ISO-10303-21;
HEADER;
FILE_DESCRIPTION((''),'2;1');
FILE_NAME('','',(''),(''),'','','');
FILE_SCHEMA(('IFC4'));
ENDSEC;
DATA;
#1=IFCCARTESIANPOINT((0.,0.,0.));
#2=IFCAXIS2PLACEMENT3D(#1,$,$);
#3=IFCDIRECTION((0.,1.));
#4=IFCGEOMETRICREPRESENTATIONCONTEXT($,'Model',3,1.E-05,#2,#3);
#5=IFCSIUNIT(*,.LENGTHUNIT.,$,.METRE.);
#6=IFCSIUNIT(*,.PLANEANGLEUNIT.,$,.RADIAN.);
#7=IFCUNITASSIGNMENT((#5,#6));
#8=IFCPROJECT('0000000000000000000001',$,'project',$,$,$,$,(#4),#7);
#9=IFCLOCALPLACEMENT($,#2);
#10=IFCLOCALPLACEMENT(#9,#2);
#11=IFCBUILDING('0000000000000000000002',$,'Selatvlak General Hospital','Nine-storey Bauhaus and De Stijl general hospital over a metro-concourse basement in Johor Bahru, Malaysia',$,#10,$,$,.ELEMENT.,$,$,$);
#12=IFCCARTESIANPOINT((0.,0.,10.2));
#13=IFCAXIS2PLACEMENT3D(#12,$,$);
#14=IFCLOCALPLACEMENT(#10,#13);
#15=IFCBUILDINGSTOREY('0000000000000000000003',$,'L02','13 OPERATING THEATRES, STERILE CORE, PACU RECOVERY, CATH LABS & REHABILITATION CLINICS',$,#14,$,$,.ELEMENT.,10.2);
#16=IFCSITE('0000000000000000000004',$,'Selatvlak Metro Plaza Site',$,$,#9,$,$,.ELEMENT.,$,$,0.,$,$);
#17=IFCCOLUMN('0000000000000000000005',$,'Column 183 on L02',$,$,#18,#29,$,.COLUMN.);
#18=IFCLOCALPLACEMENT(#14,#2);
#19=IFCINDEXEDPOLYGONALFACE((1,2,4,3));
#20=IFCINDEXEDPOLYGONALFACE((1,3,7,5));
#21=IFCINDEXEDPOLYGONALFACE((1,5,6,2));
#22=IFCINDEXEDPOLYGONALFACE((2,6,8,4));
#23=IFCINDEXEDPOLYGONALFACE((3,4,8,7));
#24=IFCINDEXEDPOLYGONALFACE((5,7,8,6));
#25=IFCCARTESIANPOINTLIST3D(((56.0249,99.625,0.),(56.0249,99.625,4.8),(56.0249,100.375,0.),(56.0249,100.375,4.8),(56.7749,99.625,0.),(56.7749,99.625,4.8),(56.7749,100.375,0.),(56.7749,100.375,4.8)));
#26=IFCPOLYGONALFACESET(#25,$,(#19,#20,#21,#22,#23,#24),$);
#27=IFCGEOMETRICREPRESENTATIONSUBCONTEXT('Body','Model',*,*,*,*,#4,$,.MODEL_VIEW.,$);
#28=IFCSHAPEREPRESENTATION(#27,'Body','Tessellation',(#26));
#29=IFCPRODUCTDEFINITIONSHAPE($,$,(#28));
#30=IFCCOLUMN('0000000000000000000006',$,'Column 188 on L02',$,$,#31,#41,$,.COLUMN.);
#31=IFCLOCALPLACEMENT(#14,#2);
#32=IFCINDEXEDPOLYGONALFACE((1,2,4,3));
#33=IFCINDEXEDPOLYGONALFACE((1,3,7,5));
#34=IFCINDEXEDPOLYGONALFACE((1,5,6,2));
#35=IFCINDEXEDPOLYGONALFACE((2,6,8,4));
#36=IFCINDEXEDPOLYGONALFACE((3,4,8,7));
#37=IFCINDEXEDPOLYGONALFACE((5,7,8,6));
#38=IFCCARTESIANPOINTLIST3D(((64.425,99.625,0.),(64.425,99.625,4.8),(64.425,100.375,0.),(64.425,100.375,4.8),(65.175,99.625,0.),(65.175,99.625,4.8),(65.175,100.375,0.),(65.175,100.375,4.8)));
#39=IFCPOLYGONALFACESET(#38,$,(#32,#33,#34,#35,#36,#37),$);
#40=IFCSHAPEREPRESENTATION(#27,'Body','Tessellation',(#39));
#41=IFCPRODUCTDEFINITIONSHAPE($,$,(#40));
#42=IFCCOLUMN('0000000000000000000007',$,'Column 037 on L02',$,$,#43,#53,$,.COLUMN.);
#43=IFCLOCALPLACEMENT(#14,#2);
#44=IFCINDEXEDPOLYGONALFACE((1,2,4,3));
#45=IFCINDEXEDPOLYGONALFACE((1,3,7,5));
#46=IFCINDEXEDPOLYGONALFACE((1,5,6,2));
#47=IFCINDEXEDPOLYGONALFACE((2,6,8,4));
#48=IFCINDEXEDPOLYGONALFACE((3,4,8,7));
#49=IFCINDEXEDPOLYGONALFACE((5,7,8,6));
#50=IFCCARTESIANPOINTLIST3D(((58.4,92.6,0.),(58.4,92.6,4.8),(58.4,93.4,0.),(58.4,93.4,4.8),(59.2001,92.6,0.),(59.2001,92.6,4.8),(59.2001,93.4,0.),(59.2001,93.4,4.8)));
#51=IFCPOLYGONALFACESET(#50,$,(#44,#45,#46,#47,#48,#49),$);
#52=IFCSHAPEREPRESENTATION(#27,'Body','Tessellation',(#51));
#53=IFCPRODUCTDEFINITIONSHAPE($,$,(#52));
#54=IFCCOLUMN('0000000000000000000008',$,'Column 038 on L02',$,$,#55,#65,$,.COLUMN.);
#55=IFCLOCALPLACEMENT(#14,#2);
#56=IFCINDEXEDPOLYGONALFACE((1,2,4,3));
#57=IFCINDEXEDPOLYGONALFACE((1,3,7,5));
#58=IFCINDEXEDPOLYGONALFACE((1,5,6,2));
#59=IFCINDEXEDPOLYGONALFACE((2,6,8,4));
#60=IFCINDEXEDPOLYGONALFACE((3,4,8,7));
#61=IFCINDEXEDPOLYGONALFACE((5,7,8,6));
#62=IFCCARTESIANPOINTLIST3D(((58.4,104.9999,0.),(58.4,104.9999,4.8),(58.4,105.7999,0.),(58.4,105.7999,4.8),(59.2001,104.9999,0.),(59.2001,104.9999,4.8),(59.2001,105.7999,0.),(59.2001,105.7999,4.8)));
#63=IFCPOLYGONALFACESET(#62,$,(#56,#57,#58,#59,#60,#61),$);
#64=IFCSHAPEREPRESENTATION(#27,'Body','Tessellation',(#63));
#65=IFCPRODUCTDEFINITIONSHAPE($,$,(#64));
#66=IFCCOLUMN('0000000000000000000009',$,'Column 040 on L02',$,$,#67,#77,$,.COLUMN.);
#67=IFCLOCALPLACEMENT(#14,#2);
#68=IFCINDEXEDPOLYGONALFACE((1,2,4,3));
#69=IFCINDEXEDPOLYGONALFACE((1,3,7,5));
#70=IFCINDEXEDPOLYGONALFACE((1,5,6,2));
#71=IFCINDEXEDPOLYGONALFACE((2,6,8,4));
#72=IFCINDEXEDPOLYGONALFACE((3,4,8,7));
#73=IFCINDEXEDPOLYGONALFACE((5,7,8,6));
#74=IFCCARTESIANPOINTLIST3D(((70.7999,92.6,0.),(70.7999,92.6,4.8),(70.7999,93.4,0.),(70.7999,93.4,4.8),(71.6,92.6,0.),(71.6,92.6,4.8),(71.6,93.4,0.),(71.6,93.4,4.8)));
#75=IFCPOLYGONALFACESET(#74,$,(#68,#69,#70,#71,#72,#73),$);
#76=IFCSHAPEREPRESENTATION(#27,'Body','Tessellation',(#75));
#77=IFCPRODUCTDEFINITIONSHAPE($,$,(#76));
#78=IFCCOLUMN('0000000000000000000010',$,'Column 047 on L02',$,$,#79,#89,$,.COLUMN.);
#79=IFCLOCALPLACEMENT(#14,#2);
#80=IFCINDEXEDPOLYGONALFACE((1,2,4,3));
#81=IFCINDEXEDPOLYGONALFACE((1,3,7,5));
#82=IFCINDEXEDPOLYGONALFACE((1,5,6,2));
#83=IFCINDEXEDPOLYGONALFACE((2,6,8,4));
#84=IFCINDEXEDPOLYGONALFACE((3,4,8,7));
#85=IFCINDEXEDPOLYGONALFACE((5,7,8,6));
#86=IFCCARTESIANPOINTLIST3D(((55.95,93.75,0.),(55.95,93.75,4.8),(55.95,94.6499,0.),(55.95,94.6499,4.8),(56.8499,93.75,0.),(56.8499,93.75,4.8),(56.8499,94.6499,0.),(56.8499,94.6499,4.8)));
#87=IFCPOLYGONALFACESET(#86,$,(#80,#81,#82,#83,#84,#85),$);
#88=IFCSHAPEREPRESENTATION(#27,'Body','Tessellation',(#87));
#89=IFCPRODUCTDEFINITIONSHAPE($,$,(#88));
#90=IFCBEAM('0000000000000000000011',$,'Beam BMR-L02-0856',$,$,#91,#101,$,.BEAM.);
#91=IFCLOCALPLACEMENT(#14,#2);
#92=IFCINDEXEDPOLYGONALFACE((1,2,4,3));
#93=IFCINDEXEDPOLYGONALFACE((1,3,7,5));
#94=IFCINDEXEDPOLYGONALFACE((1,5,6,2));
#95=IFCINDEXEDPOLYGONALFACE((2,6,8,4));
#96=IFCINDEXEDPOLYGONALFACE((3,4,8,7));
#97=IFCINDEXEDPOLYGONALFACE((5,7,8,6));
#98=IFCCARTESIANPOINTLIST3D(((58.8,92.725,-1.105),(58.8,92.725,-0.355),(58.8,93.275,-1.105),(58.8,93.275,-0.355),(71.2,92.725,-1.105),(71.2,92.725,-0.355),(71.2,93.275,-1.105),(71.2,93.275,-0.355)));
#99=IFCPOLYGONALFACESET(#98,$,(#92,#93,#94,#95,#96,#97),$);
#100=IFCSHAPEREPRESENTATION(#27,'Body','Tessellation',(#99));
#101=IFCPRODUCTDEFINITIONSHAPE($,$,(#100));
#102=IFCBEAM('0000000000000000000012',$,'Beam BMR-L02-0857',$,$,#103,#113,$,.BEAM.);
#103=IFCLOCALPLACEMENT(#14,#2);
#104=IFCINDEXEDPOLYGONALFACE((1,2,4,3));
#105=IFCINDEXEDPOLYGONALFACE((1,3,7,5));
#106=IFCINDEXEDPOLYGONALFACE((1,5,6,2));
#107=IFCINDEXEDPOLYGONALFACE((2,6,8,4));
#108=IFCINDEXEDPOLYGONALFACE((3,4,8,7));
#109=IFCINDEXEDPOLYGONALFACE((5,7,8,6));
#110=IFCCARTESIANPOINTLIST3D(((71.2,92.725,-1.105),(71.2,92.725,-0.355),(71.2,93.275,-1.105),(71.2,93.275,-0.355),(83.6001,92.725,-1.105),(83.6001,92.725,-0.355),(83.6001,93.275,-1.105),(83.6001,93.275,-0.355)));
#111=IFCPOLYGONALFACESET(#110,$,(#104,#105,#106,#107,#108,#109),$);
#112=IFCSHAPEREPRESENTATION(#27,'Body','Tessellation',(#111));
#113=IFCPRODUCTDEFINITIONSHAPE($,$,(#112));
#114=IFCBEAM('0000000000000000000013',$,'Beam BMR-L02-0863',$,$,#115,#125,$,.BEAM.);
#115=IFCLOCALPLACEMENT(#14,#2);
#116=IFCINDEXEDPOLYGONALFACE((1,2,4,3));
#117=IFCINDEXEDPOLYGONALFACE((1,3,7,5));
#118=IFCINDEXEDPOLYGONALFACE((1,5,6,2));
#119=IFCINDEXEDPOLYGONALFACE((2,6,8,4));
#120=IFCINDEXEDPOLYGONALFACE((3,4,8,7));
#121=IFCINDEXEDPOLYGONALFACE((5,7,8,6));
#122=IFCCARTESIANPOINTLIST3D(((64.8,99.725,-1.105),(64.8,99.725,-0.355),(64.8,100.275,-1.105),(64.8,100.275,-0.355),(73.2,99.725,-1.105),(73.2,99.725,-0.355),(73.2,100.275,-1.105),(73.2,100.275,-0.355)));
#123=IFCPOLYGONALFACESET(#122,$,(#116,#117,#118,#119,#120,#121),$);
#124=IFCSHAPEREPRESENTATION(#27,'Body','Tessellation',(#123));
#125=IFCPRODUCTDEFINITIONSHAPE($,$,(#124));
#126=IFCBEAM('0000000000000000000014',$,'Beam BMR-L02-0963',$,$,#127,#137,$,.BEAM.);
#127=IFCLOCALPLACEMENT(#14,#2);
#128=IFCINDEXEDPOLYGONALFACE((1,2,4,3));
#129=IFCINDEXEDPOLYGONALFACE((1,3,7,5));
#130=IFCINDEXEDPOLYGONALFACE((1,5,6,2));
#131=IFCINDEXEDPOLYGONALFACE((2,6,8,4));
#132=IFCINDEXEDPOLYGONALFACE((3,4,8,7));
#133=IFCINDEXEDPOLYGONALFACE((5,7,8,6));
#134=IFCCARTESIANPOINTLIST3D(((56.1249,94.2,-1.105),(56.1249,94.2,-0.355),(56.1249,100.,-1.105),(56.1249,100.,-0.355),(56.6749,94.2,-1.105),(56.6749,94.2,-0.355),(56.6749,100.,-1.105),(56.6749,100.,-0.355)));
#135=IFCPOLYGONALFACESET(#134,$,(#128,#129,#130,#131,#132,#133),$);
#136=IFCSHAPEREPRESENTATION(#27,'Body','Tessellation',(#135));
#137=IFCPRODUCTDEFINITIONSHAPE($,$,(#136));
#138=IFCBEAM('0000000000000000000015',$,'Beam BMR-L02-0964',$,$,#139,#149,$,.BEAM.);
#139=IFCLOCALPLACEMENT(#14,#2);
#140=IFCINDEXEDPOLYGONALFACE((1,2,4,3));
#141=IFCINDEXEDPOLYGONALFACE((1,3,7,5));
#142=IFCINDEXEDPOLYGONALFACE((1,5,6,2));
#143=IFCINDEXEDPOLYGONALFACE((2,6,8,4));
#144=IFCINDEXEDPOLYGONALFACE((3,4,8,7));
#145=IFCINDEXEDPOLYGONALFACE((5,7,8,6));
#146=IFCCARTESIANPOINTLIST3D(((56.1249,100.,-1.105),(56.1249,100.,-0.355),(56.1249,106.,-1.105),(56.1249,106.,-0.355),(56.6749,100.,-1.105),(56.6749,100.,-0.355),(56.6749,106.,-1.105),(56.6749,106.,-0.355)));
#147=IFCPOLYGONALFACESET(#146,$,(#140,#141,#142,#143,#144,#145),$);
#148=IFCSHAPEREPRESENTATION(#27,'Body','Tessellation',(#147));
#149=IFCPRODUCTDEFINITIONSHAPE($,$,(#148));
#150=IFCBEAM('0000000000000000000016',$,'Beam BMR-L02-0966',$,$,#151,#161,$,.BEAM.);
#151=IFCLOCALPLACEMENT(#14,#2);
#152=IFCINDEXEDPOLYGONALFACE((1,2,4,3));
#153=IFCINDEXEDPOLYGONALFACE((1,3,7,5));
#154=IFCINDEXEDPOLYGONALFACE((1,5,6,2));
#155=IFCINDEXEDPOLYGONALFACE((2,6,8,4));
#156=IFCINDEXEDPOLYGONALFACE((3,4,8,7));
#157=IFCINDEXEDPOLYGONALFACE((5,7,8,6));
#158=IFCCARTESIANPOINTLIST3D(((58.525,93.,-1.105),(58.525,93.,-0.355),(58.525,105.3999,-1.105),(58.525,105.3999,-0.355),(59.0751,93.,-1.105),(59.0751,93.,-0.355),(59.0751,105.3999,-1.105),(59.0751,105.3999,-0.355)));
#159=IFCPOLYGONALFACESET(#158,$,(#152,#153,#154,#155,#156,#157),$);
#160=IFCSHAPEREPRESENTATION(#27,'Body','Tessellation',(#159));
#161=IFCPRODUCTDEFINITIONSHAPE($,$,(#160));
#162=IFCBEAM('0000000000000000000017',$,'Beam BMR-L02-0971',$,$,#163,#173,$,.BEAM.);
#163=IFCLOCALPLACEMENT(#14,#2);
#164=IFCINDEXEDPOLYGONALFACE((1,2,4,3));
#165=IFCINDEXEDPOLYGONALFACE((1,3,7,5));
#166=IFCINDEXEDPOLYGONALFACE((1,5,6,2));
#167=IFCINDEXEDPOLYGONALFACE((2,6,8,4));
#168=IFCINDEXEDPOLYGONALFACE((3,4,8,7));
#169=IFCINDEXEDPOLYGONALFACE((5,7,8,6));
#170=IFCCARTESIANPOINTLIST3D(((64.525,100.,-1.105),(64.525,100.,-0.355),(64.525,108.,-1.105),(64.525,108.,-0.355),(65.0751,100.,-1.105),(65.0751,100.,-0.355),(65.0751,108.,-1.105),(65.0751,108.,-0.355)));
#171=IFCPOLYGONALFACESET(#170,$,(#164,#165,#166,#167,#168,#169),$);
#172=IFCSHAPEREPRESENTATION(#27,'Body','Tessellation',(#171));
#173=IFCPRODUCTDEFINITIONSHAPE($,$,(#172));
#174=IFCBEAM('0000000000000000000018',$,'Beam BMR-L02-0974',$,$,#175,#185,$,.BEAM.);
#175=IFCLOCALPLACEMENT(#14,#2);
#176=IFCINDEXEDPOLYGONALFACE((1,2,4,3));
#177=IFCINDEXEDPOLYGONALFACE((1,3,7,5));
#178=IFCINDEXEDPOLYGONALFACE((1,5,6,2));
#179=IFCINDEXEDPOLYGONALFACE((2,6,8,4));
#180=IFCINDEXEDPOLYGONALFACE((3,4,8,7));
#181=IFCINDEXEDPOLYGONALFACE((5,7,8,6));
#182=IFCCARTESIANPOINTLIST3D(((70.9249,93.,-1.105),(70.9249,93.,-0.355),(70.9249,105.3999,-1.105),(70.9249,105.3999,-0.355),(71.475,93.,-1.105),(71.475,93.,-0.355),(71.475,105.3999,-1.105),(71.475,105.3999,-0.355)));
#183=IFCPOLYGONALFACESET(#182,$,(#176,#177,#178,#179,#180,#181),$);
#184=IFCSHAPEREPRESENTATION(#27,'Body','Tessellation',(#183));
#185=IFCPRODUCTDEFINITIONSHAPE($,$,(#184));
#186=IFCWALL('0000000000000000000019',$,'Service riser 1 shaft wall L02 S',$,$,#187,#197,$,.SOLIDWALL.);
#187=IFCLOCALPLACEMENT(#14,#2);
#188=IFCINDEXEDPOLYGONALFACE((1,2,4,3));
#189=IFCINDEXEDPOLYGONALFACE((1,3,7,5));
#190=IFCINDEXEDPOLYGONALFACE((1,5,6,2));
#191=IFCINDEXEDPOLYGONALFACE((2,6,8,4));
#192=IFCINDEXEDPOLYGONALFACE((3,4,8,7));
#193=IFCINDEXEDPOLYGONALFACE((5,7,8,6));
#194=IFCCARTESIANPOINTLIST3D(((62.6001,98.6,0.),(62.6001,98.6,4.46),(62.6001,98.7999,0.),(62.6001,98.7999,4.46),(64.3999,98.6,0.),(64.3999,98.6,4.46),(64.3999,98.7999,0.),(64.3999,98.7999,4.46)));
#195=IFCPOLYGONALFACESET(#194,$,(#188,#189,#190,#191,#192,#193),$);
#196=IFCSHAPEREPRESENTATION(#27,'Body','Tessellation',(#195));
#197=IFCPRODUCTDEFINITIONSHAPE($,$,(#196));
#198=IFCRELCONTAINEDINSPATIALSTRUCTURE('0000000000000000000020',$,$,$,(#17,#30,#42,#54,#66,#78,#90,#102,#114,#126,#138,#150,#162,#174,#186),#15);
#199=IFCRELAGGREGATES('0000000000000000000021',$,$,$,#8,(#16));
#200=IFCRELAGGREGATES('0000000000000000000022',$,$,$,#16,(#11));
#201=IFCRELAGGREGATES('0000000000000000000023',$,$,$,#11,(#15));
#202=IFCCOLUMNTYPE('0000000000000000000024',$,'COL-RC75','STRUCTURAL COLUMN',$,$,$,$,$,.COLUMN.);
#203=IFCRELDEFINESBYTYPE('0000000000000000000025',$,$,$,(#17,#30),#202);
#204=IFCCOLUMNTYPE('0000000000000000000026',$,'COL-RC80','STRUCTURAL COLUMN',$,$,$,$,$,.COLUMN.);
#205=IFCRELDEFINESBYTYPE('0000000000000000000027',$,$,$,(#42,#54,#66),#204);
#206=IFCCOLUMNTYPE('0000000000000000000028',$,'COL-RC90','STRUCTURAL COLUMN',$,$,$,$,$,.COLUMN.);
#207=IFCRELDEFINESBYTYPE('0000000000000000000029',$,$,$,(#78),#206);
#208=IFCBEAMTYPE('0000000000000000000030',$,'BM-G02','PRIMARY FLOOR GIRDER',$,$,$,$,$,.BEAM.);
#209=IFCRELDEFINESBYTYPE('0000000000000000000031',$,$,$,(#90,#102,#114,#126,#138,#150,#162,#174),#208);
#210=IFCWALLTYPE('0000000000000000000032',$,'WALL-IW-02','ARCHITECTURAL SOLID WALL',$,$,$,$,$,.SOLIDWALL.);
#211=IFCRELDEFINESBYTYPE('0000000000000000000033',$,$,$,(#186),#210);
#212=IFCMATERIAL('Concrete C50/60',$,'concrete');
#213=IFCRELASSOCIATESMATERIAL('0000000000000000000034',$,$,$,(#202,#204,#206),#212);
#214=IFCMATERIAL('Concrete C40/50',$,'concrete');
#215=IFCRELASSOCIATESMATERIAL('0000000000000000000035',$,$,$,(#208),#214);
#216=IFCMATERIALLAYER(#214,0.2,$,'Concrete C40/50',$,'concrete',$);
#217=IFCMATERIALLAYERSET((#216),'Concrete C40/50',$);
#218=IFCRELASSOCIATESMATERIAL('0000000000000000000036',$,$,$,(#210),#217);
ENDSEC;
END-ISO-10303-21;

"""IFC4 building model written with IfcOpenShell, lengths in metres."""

from ifc_helpers import new_model, si_unit, direction, frame, frame_2d, origin, origin_2d, place, context, subcontext, project, spatial, rectangle, extrude, material, layer, layer_set, material_profile, profile_set, type_object, element, save


model = new_model("IFC4")

# Units and contexts
model_context = context("Model", 3, precision=1e-05, world=origin(), true_north=direction((0.0, 1.0)))
body_context = subcontext(model_context, "Body", "Model", "MODEL_VIEW")
ifc_project = project(units=[si_unit("LENGTHUNIT", "METRE"), si_unit("PLANEANGLEUNIT", "RADIAN")], contexts=[model_context])

# Site, building, storey
site_placement = place(None, origin())
site = spatial("IfcSite", under=ifc_project, at=site_placement, Name="Selatvlak Metro Plaza Site", CompositionType="ELEMENT", RefElevation=0.0)
building_placement = place(site_placement, origin())
building = spatial("IfcBuilding", under=site, at=building_placement, Name="Selatvlak General Hospital", Description="Nine-storey Bauhaus and De Stijl general hospital over a metro-concourse basement in Johor Bahru, Malaysia", CompositionType="ELEMENT")
storey_placement = place(building_placement, frame((0.0, 0.0, 10.2)))
storey = spatial("IfcBuildingStorey", under=building, at=storey_placement, Name="L02", Description="13 OPERATING THEATRES, STERILE CORE, PACU RECOVERY, CATH LABS & REHABILITATION CLINICS", CompositionType="ELEMENT", Elevation=10.2)

# Columns
ifc_material_1 = material(Name="Concrete C50/60", Category="concrete")
ifc_material_profile_1 = material_profile(ifc_material_1, rectangle(XDim=0.75, YDim=0.75, at=origin_2d()), Name="RC-COL 750x750")
ifc_profile_set_1 = profile_set([ifc_material_profile_1], Name="Concrete C50/60")
column_type_1 = type_object("IfcColumnType", Name="COL-RC75", Description="STRUCTURAL COLUMN", PredefinedType="COLUMN", material=ifc_profile_set_1)
for number, where, z_axis, x_axis, name in (
    (1, (56.3999, 100.0, 0.0), (0.0, 0.0, 1.0), (1.0, 0.0, 0.0), "Column 183 on L02"),
    (2, (64.8, 100.0, 0.0), (0.0, 0.0, 1.0), (1.0, 0.0, 0.0), "Column 188 on L02"),
):
    element("IfcColumn", number, at=place(storey_placement, frame(where, z_axis=z_axis, x_axis=x_axis)), inside=storey, type_object=column_type_1, Name=name, PredefinedType="COLUMN", context=body_context, shape_type="SweptSolid", body=[
        extrude(rectangle(XDim=0.75, YDim=0.75, at=origin_2d()), origin(), (0.0, 0.0, 1.0), 4.8),
    ])
ifc_material_profile_2 = material_profile(ifc_material_1, rectangle(XDim=0.8, YDim=0.8, at=origin_2d()), Name="RC-COL 800x800")
ifc_profile_set_2 = profile_set([ifc_material_profile_2], Name="Concrete C50/60")
column_type_2 = type_object("IfcColumnType", Name="COL-RC80", Description="STRUCTURAL COLUMN", PredefinedType="COLUMN", material=ifc_profile_set_2)
for number, where, z_axis, x_axis, name in (
    (3, (58.8, 93.0, 0.0), (0.0, 0.0, 1.0), (1.0, 0.0, 0.0), "Column 037 on L02"),
    (4, (58.8, 105.3999, 0.0), (0.0, 0.0, 1.0), (1.0, 0.0, 0.0), "Column 038 on L02"),
    (5, (71.2, 93.0, 0.0), (0.0, 0.0, 1.0), (1.0, 0.0, 0.0), "Column 040 on L02"),
):
    element("IfcColumn", number, at=place(storey_placement, frame(where, z_axis=z_axis, x_axis=x_axis)), inside=storey, type_object=column_type_2, Name=name, PredefinedType="COLUMN", context=body_context, shape_type="SweptSolid", body=[
        extrude(rectangle(XDim=0.8, YDim=0.8, at=origin_2d()), origin(), (0.0, 0.0, 1.0), 4.8),
    ])
ifc_material_profile_3 = material_profile(ifc_material_1, rectangle(XDim=0.8999, YDim=0.8999, at=origin_2d()), Name="RC-COL 900x900")
ifc_profile_set_3 = profile_set([ifc_material_profile_3], Name="Concrete C50/60")
column_type_3 = type_object("IfcColumnType", Name="COL-RC90", Description="STRUCTURAL COLUMN", PredefinedType="COLUMN", material=ifc_profile_set_3)
column_placement = place(storey_placement, frame((56.3999, 94.2, 0.0), z_axis=(0.0, 0.0, 1.0), x_axis=(1.0, 0.0, 0.0)))
element("IfcColumn", 6, at=column_placement, inside=storey, type_object=column_type_3, Name="Column 047 on L02", PredefinedType="COLUMN", context=body_context, shape_type="SweptSolid", body=[
    extrude(rectangle(XDim=0.8999, YDim=0.8999, at=origin_2d()), origin(), (0.0, 0.0, 1.0), 4.8),
])

# Beams
ifc_material_2 = material(Name="Concrete C40/50", Category="concrete")
ifc_material_profile_4 = material_profile(ifc_material_2, rectangle(XDim=0.55, YDim=0.75, at=origin_2d()), Name="RC-BM 550x750")
ifc_profile_set_4 = profile_set([ifc_material_profile_4], Name="Concrete C40/50")
beam_type = type_object("IfcBeamType", Name="BM-G02", Description="PRIMARY FLOOR GIRDER", PredefinedType="BEAM", material=ifc_profile_set_4)
beam_1_placement = place(storey_placement, frame((58.8, 93.0, -0.73), z_axis=(1.0, 0.0, 0.0), x_axis=(0.0, 1.0, 0.0)))
element("IfcBeam", 7, at=beam_1_placement, inside=storey, type_object=beam_type, Name="Beam BMR-L02-0856", PredefinedType="BEAM", context=body_context, shape_type="SweptSolid", body=[
    extrude(rectangle(XDim=0.55, YDim=0.75, at=origin_2d()), origin(), (0.0, 0.0, 1.0), 12.3999),
])
beam_2_placement = place(storey_placement, frame((71.2, 93.0, -0.73), z_axis=(1.0, 0.0, 0.0), x_axis=(0.0, 1.0, 0.0)))
element("IfcBeam", 8, at=beam_2_placement, inside=storey, type_object=beam_type, Name="Beam BMR-L02-0857", PredefinedType="BEAM", context=body_context, shape_type="SweptSolid", body=[
    extrude(rectangle(XDim=0.55, YDim=0.75, at=origin_2d()), origin(), (0.0, 0.0, 1.0), 12.4001),
])
beam_3_placement = place(storey_placement, frame((64.8, 100.0, -0.73), z_axis=(1.0, 0.0, 0.0), x_axis=(0.0, 1.0, 0.0)))
element("IfcBeam", 9, at=beam_3_placement, inside=storey, type_object=beam_type, Name="Beam BMR-L02-0863", PredefinedType="BEAM", context=body_context, shape_type="SweptSolid", body=[
    extrude(rectangle(XDim=0.55, YDim=0.75, at=origin_2d()), origin(), (0.0, 0.0, 1.0), 8.3999),
])
beam_4_placement = place(storey_placement, frame((56.3999, 94.2, -0.73), z_axis=(0.0, 1.0, 0.0), x_axis=(-1.0, 0.0, 0.0)))
element("IfcBeam", 10, at=beam_4_placement, inside=storey, type_object=beam_type, Name="Beam BMR-L02-0963", PredefinedType="BEAM", context=body_context, shape_type="SweptSolid", body=[
    extrude(rectangle(XDim=0.55, YDim=0.75, at=origin_2d()), origin(), (0.0, 0.0, 1.0), 5.8),
])
beam_5_placement = place(storey_placement, frame((56.3999, 100.0, -0.73), z_axis=(0.0, 1.0, 0.0), x_axis=(-1.0, 0.0, 0.0)))
element("IfcBeam", 11, at=beam_5_placement, inside=storey, type_object=beam_type, Name="Beam BMR-L02-0964", PredefinedType="BEAM", context=body_context, shape_type="SweptSolid", body=[
    extrude(rectangle(XDim=0.55, YDim=0.75, at=origin_2d()), origin(), (0.0, 0.0, 1.0), 6.0),
])
beam_6_placement = place(storey_placement, frame((58.8, 93.0, -0.73), z_axis=(0.0, 1.0, 0.0), x_axis=(-1.0, 0.0, 0.0)))
element("IfcBeam", 12, at=beam_6_placement, inside=storey, type_object=beam_type, Name="Beam BMR-L02-0966", PredefinedType="BEAM", context=body_context, shape_type="SweptSolid", body=[
    extrude(rectangle(XDim=0.55, YDim=0.75, at=origin_2d()), origin(), (0.0, 0.0, 1.0), 12.3999),
])
beam_7_placement = place(storey_placement, frame((64.8, 100.0, -0.73), z_axis=(0.0, 1.0, 0.0), x_axis=(-1.0, 0.0, 0.0)))
element("IfcBeam", 13, at=beam_7_placement, inside=storey, type_object=beam_type, Name="Beam BMR-L02-0971", PredefinedType="BEAM", context=body_context, shape_type="SweptSolid", body=[
    extrude(rectangle(XDim=0.55, YDim=0.75, at=origin_2d()), origin(), (0.0, 0.0, 1.0), 8.0),
])
beam_8_placement = place(storey_placement, frame((71.2, 93.0, -0.73), z_axis=(0.0, 1.0, 0.0), x_axis=(-1.0, 0.0, 0.0)))
element("IfcBeam", 14, at=beam_8_placement, inside=storey, type_object=beam_type, Name="Beam BMR-L02-0974", PredefinedType="BEAM", context=body_context, shape_type="SweptSolid", body=[
    extrude(rectangle(XDim=0.55, YDim=0.75, at=origin_2d()), origin(), (0.0, 0.0, 1.0), 12.3999),
])

# Wall
ifc_layer_1 = layer(ifc_material_2, 0.2, Name="Concrete C40/50", Category="concrete")
ifc_layer_set_1 = layer_set([ifc_layer_1], Name="Concrete C40/50")
wall_type_1 = type_object("IfcWallType", Name="WALL-IW-02", Description="ARCHITECTURAL SOLID WALL", PredefinedType="SOLIDWALL", material=ifc_layer_set_1)
wall_1_placement = place(storey_placement, frame((62.6001, 98.7, 0.0), z_axis=(0.0, 0.0, 1.0), x_axis=(1.0, 0.0, 0.0)))
element("IfcWall", 15, at=wall_1_placement, inside=storey, type_object=wall_type_1, Name="Service riser 1 shaft wall L02 S", PredefinedType="SOLIDWALL", context=body_context, shape_type="SweptSolid", body=[
    extrude(rectangle(XDim=1.7998, YDim=0.2, at=frame_2d((0.8999, 0.0))), origin(), (0.0, 0.0, 1.0), 4.46),
])

save(model, "model.ifc")
